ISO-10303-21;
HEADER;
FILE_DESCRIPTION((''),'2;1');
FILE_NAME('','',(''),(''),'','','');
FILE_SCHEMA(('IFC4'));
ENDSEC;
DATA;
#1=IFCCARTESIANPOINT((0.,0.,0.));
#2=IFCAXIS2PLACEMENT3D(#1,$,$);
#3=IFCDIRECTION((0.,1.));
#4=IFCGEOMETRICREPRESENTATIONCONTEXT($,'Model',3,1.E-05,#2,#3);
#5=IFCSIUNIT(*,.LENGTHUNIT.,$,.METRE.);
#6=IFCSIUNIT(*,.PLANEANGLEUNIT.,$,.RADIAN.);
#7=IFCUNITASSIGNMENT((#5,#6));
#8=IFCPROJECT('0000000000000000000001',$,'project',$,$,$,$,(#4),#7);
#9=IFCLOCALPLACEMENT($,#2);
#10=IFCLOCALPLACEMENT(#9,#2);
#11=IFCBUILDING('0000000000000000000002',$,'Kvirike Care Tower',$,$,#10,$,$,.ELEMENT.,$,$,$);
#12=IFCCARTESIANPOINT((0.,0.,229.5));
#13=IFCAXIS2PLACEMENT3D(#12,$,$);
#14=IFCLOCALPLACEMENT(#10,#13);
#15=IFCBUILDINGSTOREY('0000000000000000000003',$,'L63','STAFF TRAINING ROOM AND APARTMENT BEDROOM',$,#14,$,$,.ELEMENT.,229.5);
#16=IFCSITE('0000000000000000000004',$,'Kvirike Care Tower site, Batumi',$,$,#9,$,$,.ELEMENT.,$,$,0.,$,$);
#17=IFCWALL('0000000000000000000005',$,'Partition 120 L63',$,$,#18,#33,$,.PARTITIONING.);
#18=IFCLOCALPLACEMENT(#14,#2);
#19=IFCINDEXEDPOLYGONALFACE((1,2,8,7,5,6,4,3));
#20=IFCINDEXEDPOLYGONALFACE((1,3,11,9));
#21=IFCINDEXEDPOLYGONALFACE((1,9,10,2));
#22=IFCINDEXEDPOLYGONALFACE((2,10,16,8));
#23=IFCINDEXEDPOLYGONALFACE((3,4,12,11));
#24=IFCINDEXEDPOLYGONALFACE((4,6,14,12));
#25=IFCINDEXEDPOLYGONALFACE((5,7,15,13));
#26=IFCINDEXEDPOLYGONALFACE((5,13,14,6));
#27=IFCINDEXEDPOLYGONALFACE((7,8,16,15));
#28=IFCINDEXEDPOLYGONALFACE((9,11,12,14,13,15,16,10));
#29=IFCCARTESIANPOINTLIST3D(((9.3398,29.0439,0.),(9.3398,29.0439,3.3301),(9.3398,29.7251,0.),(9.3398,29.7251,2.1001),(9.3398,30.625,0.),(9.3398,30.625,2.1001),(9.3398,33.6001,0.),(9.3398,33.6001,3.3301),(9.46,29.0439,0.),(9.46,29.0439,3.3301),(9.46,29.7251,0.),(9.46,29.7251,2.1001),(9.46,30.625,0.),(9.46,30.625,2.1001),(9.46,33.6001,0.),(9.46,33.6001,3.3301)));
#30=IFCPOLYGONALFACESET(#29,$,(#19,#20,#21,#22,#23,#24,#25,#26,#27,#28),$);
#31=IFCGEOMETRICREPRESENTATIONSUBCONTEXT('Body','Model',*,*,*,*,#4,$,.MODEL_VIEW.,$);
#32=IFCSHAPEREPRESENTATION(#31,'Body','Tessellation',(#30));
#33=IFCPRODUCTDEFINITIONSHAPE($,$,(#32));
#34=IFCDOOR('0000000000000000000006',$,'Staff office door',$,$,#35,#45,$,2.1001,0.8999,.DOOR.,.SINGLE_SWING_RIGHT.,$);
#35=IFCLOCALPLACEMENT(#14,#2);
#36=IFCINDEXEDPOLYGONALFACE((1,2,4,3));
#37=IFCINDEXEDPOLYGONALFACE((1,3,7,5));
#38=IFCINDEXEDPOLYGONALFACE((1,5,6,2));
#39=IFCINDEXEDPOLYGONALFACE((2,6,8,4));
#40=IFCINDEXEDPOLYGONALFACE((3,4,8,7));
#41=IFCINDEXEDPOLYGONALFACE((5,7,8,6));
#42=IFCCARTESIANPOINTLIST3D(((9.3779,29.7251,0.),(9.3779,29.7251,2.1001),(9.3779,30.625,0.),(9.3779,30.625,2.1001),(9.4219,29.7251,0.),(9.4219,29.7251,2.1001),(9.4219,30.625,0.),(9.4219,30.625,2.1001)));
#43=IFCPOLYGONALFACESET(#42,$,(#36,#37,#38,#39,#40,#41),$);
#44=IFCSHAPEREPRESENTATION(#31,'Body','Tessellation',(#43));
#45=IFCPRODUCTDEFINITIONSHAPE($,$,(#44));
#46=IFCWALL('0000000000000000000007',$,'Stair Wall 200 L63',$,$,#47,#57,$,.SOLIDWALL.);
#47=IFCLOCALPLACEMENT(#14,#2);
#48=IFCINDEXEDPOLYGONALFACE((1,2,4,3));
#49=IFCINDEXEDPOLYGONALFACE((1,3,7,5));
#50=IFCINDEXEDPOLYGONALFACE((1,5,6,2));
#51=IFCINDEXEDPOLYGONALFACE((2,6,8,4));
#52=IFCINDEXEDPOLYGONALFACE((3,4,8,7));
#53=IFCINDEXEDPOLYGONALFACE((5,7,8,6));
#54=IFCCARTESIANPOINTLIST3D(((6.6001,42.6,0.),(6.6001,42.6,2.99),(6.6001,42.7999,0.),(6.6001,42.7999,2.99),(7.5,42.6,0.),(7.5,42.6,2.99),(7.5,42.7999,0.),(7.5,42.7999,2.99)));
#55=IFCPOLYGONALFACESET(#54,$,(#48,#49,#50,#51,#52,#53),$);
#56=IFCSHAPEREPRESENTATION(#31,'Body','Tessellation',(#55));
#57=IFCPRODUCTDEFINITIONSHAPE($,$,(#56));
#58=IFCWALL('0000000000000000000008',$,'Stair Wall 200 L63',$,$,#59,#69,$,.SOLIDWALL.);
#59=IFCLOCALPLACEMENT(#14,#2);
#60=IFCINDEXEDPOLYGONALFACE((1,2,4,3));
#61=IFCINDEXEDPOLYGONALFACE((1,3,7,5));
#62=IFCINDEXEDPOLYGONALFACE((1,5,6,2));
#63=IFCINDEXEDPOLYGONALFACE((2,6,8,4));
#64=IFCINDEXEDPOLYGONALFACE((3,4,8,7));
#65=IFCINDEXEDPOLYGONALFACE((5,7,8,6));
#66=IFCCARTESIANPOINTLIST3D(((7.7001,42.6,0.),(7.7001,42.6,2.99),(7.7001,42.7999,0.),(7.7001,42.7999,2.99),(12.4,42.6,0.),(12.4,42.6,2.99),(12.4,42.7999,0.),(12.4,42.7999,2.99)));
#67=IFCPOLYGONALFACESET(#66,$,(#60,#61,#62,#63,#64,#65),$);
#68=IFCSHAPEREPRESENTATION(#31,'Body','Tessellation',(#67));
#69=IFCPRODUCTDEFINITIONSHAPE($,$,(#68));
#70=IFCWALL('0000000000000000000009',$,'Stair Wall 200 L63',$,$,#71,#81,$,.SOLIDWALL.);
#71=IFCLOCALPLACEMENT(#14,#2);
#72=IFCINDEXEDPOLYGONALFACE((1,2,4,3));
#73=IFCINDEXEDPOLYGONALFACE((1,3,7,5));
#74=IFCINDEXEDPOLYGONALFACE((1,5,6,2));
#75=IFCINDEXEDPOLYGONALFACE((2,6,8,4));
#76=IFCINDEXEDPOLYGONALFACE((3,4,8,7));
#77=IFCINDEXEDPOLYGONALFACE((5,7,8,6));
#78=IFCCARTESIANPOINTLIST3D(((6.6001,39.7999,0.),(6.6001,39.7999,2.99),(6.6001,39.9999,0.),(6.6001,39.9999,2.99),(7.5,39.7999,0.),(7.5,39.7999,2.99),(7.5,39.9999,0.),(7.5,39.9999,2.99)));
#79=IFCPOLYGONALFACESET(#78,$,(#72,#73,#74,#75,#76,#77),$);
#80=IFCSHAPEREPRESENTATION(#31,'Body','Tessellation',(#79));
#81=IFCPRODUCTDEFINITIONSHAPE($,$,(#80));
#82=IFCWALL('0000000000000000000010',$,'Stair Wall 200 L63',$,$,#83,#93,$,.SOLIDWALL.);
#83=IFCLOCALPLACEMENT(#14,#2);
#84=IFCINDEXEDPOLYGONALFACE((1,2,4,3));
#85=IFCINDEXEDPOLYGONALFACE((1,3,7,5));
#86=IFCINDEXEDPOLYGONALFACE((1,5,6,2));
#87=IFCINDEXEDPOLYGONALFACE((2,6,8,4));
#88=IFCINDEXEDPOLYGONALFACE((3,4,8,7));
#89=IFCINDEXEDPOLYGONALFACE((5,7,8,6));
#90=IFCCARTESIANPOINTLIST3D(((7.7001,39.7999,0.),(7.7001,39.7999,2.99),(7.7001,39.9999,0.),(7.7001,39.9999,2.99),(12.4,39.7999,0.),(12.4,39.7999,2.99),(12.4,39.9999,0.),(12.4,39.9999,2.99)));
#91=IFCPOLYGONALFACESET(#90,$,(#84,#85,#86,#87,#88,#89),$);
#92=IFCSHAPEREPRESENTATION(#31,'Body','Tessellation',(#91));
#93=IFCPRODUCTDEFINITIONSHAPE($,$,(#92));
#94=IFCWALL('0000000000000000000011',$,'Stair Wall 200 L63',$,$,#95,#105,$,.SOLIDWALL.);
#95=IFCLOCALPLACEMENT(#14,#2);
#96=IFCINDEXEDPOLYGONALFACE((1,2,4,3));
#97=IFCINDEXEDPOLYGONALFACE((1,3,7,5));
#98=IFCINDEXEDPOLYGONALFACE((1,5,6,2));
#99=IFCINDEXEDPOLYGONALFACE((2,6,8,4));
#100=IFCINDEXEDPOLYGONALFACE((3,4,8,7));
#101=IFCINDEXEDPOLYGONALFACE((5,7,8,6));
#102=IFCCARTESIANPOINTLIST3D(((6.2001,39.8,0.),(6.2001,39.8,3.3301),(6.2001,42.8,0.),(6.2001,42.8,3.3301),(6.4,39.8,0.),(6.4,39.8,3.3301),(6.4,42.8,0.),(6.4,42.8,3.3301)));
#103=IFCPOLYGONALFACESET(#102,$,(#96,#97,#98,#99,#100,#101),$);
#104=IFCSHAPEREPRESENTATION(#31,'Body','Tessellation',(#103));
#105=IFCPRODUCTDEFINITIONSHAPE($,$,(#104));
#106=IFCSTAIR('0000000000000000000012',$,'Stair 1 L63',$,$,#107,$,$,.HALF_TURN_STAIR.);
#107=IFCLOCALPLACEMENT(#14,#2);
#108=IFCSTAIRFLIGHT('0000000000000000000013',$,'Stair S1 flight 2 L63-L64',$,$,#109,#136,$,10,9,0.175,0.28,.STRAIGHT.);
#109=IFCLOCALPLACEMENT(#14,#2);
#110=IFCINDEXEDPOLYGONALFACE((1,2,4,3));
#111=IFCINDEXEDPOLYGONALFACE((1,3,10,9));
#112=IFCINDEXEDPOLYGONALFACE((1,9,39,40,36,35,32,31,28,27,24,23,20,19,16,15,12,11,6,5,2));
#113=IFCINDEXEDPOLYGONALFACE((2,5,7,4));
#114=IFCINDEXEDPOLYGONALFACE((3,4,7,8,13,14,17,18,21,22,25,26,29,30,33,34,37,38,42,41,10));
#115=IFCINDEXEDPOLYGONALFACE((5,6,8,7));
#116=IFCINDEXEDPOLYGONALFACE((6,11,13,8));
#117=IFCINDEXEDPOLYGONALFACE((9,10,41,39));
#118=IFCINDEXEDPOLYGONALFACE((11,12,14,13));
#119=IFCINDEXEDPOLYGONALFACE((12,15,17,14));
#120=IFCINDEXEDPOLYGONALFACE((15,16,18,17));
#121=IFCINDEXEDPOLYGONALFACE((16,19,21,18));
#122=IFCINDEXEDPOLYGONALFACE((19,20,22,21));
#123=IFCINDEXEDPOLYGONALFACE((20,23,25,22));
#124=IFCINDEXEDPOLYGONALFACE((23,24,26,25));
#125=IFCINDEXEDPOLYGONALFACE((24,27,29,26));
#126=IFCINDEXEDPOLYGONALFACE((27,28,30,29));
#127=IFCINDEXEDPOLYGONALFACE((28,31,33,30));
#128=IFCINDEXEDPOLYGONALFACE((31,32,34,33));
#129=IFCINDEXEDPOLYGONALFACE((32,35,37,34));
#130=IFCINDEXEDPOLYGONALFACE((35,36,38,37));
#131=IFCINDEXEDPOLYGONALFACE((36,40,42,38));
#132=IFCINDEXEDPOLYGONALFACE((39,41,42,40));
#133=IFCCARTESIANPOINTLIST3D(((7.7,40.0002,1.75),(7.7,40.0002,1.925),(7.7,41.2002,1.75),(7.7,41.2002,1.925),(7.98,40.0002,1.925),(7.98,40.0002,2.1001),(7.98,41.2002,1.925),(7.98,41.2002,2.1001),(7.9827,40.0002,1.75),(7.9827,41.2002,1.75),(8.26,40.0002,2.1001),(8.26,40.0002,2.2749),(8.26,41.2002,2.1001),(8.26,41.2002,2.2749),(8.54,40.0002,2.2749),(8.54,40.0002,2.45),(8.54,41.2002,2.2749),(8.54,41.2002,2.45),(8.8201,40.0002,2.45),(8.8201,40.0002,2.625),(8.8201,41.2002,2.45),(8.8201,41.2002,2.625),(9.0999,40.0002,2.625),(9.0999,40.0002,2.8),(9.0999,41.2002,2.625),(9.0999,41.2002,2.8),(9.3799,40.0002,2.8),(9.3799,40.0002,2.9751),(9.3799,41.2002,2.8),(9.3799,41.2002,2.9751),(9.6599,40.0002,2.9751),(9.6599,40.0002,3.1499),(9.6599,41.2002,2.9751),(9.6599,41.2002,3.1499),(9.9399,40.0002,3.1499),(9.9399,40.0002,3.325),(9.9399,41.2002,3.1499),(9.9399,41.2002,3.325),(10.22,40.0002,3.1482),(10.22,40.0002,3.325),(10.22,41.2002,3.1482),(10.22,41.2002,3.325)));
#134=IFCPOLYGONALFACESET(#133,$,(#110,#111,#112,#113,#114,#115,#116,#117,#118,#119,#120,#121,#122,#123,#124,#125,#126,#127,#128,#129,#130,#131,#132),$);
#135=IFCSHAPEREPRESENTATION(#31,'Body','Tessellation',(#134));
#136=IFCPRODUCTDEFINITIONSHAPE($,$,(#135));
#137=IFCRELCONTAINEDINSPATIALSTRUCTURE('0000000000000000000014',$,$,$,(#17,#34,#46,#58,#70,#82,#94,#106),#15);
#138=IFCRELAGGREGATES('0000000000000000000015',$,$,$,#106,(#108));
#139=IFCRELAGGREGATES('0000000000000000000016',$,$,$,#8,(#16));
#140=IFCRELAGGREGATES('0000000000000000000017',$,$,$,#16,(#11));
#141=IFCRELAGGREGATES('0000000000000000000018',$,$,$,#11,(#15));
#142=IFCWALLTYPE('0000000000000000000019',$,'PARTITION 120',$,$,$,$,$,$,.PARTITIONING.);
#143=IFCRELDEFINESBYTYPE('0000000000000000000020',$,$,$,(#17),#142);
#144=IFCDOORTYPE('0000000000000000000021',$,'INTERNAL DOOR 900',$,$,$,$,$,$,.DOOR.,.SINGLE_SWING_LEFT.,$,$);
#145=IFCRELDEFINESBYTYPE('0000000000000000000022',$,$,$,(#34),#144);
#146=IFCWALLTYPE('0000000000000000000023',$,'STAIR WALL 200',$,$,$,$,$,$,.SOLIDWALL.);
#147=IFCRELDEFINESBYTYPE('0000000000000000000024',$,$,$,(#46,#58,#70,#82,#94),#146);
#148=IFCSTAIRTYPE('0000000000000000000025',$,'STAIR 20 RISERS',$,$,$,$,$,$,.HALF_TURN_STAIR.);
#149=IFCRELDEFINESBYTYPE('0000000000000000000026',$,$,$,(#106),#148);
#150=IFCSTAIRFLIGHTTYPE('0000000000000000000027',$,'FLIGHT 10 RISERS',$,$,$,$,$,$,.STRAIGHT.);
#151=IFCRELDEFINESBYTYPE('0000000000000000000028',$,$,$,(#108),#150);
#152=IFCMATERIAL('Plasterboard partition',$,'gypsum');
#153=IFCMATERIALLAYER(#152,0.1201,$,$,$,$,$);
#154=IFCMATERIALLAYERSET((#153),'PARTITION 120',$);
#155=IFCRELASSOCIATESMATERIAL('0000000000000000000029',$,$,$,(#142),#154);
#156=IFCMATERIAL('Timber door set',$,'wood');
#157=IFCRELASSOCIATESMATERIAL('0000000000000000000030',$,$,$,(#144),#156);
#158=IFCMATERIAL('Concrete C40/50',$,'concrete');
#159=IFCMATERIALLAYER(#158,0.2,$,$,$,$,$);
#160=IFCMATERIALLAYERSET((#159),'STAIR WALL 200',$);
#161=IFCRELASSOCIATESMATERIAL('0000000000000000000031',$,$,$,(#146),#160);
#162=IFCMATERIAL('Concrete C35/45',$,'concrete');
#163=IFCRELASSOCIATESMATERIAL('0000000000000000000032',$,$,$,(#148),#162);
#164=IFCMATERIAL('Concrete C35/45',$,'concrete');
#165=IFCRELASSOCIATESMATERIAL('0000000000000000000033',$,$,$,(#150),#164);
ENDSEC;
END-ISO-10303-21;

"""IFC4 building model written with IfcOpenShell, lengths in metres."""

from ifc_helpers import new_model, si_unit, direction, frame, frame_2d, origin, place, context, subcontext, project, spatial, polyline, rectangle, outline, extrude, material, layer, layer_set, type_object, element, fill, aggregate, save


model = new_model("IFC4")

# Units and contexts
model_context = context("Model", 3, precision=1e-05, world=origin(), true_north=direction((0.0, 1.0)))
body_context = subcontext(model_context, "Body", "Model", "MODEL_VIEW")
ifc_project = project(units=[si_unit("LENGTHUNIT", "METRE"), si_unit("PLANEANGLEUNIT", "RADIAN")], contexts=[model_context])

# Site, building, storey
site_placement = place(None, origin())
site = spatial("IfcSite", under=ifc_project, at=site_placement, Name="Kvirike Care Tower site, Batumi", CompositionType="ELEMENT", RefElevation=0.0)
building_placement = place(site_placement, origin())
building = spatial("IfcBuilding", under=site, at=building_placement, Name="Kvirike Care Tower", CompositionType="ELEMENT")
storey_placement = place(building_placement, frame((0.0, 0.0, 229.5)))
storey = spatial("IfcBuildingStorey", under=building, at=storey_placement, Name="L63", Description="STAFF TRAINING ROOM AND APARTMENT BEDROOM", CompositionType="ELEMENT", Elevation=229.5)

# Wall, opening, door
ifc_material_1 = material(Name="Plasterboard partition", Category="gypsum")
ifc_layer_1 = layer(ifc_material_1, 0.1201)
ifc_layer_set_1 = layer_set([ifc_layer_1], Name="PARTITION 120")
wall_type_1 = type_object("IfcWallType", Name="PARTITION 120", PredefinedType="PARTITIONING", material=ifc_layer_set_1)
ifc_material_2 = material(Name="Timber door set", Category="wood")
door_type = type_object("IfcDoorType", Name="INTERNAL DOOR 900", OperationType="SINGLE_SWING_LEFT", PredefinedType="DOOR", material=ifc_material_2)
wall_1_placement = place(storey_placement, frame((9.3999, 33.6001, 0.0), z_axis=(0.0, 0.0, 1.0), x_axis=(0.0, -1.0, 0.0)))
wall_1 = element("IfcWall", 1, at=wall_1_placement, inside=storey, type_object=wall_type_1, Name="Partition 120 L63", PredefinedType="PARTITIONING", context=body_context, shape_type="SweptSolid", body=[
    extrude(rectangle(XDim=4.5562, YDim=0.1201, at=frame_2d((2.2781, 0.0))), origin(), (0.0, 0.0, 1.0), 3.3301),
])
opening_1_placement = place(wall_1_placement, frame((2.9751, 0.0, 0.0)))
opening_1 = element("IfcOpeningElement", 2, at=opening_1_placement, cuts=wall_1, PredefinedType="OPENING", context=body_context, shape_type="SweptSolid", body=[
    extrude(rectangle(XDim=0.8999, YDim=2.1001, at=frame_2d((0.45, 1.05))), frame((0.0, 0.0706, 0.0), z_axis=(0.0, -1.0, 0.0), x_axis=(1.0, 0.0, 0.0)), (0.0, 0.0, 1.0), 0.1411),
])
door_1_placement = place(opening_1_placement, origin())
door_1 = element("IfcDoor", 3, at=door_1_placement, inside=storey, type_object=door_type, Name="Staff office door", OperationType="SINGLE_SWING_RIGHT", OverallHeight=2.1001, OverallWidth=0.8999, PredefinedType="DOOR", context=body_context, shape_type="SweptSolid", body=[
    extrude(rectangle(XDim=0.8999, YDim=2.1001, at=frame_2d((0.45, 1.05))), frame((0.0, 0.022, 0.0), z_axis=(0.0, -1.0, 0.0), x_axis=(1.0, 0.0, 0.0)), (0.0, 0.0, 1.0), 0.0439),
])
fill(opening_1, door_1)

# Walls
ifc_material_3 = material(Name="Concrete C40/50", Category="concrete")
ifc_layer_2 = layer(ifc_material_3, 0.2)
ifc_layer_set_2 = layer_set([ifc_layer_2], Name="STAIR WALL 200")
wall_type_2 = type_object("IfcWallType", Name="STAIR WALL 200", PredefinedType="SOLIDWALL", material=ifc_layer_set_2)
wall_2_placement = place(storey_placement, frame((6.6001, 42.7, 0.0), z_axis=(0.0, 0.0, 1.0), x_axis=(1.0, 0.0, 0.0)))
element("IfcWall", 4, at=wall_2_placement, inside=storey, type_object=wall_type_2, Name="Stair Wall 200 L63", PredefinedType="SOLIDWALL", context=body_context, shape_type="SweptSolid", body=[
    extrude(rectangle(XDim=0.8999, YDim=0.2, at=frame_2d((0.45, 0.0))), origin(), (0.0, 0.0, 1.0), 2.99),
])
wall_3_placement = place(storey_placement, frame((7.7, 42.7, 0.0), z_axis=(0.0, 0.0, 1.0), x_axis=(1.0, 0.0, 0.0)))
element("IfcWall", 5, at=wall_3_placement, inside=storey, type_object=wall_type_2, Name="Stair Wall 200 L63", PredefinedType="SOLIDWALL", context=body_context, shape_type="SweptSolid", body=[
    extrude(rectangle(XDim=4.7, YDim=0.2, at=frame_2d((2.3501, 0.0))), origin(), (0.0, 0.0, 1.0), 2.99),
])
wall_4_placement = place(storey_placement, frame((6.6001, 39.8999, 0.0), z_axis=(0.0, 0.0, 1.0), x_axis=(1.0, 0.0, 0.0)))
element("IfcWall", 6, at=wall_4_placement, inside=storey, type_object=wall_type_2, Name="Stair Wall 200 L63", PredefinedType="SOLIDWALL", context=body_context, shape_type="SweptSolid", body=[
    extrude(rectangle(XDim=0.8999, YDim=0.2, at=frame_2d((0.45, 0.0))), origin(), (0.0, 0.0, 1.0), 2.99),
])
wall_5_placement = place(storey_placement, frame((7.7, 39.8999, 0.0), z_axis=(0.0, 0.0, 1.0), x_axis=(1.0, 0.0, 0.0)))
element("IfcWall", 7, at=wall_5_placement, inside=storey, type_object=wall_type_2, Name="Stair Wall 200 L63", PredefinedType="SOLIDWALL", context=body_context, shape_type="SweptSolid", body=[
    extrude(rectangle(XDim=4.7, YDim=0.2, at=frame_2d((2.3501, 0.0))), origin(), (0.0, 0.0, 1.0), 2.99),
])
wall_6_placement = place(storey_placement, frame((6.3, 42.8, 0.0), z_axis=(0.0, 0.0, 1.0), x_axis=(0.0, -1.0, 0.0)))
element("IfcWall", 8, at=wall_6_placement, inside=storey, type_object=wall_type_2, Name="Stair Wall 200 L63", PredefinedType="SOLIDWALL", context=body_context, shape_type="SweptSolid", body=[
    extrude(rectangle(XDim=3.0, YDim=0.2, at=frame_2d((1.5, 0.0))), origin(), (0.0, 0.0, 1.0), 3.3301),
])

# Stair, stair flight
ifc_material_4 = material(Name="Concrete C35/45", Category="concrete")
stair_type = type_object("IfcStairType", Name="STAIR 20 RISERS", PredefinedType="HALF_TURN_STAIR", material=ifc_material_4)
stair_placement = place(storey_placement, origin())
stair = element("IfcStair", 9, at=stair_placement, inside=storey, type_object=stair_type, Name="Stair 1 L63", PredefinedType="HALF_TURN_STAIR")
ifc_material_5 = material(Name="Concrete C35/45", Category="concrete")
stair_flight_type = type_object("IfcStairFlightType", Name="FLIGHT 10 RISERS", PredefinedType="STRAIGHT", material=ifc_material_5)
stair_flight_placement = place(storey_placement, frame((7.7, 40.6001, 1.75), z_axis=(0.0, 0.0, 1.0), x_axis=(1.0, 0.0, 0.0)))
stair_flight = element("IfcStairFlight", 10, at=stair_flight_placement, type_object=stair_flight_type, Name="Stair S1 flight 2 L63-L64", NumberOfRisers=10, NumberOfTreads=9, PredefinedType="STRAIGHT", RiserHeight=0.175, TreadLength=0.28, context=body_context, shape_type="SweptSolid", body=[
    extrude(outline(polyline([(0.0, 0.0), (0.0, 0.175), (0.28, 0.175), (0.28, 0.3501), (0.5601, 0.3501), (0.5601, 0.5249), (0.8401, 0.5249), (0.8401, 0.7), (1.1201, 0.7), (1.1201, 0.875), (1.3999, 0.875), (1.3999, 1.05), (1.6799, 1.05), (1.6799, 1.2251), (1.96, 1.2251), (1.96, 1.3999), (2.24, 1.3999), (2.24, 1.575), (2.52, 1.575), (2.52, 1.75), (2.52, 1.3982), (0.2827, 0.0), (0.0, 0.0)])), frame((0.0, 0.6001, 0.0), z_axis=(0.0, -1.0, 0.0), x_axis=(1.0, 0.0, 0.0)), (0.0, 0.0, 1.0), 1.2),
])
aggregate(stair, [stair_flight])

save(model, "model.ifc")
